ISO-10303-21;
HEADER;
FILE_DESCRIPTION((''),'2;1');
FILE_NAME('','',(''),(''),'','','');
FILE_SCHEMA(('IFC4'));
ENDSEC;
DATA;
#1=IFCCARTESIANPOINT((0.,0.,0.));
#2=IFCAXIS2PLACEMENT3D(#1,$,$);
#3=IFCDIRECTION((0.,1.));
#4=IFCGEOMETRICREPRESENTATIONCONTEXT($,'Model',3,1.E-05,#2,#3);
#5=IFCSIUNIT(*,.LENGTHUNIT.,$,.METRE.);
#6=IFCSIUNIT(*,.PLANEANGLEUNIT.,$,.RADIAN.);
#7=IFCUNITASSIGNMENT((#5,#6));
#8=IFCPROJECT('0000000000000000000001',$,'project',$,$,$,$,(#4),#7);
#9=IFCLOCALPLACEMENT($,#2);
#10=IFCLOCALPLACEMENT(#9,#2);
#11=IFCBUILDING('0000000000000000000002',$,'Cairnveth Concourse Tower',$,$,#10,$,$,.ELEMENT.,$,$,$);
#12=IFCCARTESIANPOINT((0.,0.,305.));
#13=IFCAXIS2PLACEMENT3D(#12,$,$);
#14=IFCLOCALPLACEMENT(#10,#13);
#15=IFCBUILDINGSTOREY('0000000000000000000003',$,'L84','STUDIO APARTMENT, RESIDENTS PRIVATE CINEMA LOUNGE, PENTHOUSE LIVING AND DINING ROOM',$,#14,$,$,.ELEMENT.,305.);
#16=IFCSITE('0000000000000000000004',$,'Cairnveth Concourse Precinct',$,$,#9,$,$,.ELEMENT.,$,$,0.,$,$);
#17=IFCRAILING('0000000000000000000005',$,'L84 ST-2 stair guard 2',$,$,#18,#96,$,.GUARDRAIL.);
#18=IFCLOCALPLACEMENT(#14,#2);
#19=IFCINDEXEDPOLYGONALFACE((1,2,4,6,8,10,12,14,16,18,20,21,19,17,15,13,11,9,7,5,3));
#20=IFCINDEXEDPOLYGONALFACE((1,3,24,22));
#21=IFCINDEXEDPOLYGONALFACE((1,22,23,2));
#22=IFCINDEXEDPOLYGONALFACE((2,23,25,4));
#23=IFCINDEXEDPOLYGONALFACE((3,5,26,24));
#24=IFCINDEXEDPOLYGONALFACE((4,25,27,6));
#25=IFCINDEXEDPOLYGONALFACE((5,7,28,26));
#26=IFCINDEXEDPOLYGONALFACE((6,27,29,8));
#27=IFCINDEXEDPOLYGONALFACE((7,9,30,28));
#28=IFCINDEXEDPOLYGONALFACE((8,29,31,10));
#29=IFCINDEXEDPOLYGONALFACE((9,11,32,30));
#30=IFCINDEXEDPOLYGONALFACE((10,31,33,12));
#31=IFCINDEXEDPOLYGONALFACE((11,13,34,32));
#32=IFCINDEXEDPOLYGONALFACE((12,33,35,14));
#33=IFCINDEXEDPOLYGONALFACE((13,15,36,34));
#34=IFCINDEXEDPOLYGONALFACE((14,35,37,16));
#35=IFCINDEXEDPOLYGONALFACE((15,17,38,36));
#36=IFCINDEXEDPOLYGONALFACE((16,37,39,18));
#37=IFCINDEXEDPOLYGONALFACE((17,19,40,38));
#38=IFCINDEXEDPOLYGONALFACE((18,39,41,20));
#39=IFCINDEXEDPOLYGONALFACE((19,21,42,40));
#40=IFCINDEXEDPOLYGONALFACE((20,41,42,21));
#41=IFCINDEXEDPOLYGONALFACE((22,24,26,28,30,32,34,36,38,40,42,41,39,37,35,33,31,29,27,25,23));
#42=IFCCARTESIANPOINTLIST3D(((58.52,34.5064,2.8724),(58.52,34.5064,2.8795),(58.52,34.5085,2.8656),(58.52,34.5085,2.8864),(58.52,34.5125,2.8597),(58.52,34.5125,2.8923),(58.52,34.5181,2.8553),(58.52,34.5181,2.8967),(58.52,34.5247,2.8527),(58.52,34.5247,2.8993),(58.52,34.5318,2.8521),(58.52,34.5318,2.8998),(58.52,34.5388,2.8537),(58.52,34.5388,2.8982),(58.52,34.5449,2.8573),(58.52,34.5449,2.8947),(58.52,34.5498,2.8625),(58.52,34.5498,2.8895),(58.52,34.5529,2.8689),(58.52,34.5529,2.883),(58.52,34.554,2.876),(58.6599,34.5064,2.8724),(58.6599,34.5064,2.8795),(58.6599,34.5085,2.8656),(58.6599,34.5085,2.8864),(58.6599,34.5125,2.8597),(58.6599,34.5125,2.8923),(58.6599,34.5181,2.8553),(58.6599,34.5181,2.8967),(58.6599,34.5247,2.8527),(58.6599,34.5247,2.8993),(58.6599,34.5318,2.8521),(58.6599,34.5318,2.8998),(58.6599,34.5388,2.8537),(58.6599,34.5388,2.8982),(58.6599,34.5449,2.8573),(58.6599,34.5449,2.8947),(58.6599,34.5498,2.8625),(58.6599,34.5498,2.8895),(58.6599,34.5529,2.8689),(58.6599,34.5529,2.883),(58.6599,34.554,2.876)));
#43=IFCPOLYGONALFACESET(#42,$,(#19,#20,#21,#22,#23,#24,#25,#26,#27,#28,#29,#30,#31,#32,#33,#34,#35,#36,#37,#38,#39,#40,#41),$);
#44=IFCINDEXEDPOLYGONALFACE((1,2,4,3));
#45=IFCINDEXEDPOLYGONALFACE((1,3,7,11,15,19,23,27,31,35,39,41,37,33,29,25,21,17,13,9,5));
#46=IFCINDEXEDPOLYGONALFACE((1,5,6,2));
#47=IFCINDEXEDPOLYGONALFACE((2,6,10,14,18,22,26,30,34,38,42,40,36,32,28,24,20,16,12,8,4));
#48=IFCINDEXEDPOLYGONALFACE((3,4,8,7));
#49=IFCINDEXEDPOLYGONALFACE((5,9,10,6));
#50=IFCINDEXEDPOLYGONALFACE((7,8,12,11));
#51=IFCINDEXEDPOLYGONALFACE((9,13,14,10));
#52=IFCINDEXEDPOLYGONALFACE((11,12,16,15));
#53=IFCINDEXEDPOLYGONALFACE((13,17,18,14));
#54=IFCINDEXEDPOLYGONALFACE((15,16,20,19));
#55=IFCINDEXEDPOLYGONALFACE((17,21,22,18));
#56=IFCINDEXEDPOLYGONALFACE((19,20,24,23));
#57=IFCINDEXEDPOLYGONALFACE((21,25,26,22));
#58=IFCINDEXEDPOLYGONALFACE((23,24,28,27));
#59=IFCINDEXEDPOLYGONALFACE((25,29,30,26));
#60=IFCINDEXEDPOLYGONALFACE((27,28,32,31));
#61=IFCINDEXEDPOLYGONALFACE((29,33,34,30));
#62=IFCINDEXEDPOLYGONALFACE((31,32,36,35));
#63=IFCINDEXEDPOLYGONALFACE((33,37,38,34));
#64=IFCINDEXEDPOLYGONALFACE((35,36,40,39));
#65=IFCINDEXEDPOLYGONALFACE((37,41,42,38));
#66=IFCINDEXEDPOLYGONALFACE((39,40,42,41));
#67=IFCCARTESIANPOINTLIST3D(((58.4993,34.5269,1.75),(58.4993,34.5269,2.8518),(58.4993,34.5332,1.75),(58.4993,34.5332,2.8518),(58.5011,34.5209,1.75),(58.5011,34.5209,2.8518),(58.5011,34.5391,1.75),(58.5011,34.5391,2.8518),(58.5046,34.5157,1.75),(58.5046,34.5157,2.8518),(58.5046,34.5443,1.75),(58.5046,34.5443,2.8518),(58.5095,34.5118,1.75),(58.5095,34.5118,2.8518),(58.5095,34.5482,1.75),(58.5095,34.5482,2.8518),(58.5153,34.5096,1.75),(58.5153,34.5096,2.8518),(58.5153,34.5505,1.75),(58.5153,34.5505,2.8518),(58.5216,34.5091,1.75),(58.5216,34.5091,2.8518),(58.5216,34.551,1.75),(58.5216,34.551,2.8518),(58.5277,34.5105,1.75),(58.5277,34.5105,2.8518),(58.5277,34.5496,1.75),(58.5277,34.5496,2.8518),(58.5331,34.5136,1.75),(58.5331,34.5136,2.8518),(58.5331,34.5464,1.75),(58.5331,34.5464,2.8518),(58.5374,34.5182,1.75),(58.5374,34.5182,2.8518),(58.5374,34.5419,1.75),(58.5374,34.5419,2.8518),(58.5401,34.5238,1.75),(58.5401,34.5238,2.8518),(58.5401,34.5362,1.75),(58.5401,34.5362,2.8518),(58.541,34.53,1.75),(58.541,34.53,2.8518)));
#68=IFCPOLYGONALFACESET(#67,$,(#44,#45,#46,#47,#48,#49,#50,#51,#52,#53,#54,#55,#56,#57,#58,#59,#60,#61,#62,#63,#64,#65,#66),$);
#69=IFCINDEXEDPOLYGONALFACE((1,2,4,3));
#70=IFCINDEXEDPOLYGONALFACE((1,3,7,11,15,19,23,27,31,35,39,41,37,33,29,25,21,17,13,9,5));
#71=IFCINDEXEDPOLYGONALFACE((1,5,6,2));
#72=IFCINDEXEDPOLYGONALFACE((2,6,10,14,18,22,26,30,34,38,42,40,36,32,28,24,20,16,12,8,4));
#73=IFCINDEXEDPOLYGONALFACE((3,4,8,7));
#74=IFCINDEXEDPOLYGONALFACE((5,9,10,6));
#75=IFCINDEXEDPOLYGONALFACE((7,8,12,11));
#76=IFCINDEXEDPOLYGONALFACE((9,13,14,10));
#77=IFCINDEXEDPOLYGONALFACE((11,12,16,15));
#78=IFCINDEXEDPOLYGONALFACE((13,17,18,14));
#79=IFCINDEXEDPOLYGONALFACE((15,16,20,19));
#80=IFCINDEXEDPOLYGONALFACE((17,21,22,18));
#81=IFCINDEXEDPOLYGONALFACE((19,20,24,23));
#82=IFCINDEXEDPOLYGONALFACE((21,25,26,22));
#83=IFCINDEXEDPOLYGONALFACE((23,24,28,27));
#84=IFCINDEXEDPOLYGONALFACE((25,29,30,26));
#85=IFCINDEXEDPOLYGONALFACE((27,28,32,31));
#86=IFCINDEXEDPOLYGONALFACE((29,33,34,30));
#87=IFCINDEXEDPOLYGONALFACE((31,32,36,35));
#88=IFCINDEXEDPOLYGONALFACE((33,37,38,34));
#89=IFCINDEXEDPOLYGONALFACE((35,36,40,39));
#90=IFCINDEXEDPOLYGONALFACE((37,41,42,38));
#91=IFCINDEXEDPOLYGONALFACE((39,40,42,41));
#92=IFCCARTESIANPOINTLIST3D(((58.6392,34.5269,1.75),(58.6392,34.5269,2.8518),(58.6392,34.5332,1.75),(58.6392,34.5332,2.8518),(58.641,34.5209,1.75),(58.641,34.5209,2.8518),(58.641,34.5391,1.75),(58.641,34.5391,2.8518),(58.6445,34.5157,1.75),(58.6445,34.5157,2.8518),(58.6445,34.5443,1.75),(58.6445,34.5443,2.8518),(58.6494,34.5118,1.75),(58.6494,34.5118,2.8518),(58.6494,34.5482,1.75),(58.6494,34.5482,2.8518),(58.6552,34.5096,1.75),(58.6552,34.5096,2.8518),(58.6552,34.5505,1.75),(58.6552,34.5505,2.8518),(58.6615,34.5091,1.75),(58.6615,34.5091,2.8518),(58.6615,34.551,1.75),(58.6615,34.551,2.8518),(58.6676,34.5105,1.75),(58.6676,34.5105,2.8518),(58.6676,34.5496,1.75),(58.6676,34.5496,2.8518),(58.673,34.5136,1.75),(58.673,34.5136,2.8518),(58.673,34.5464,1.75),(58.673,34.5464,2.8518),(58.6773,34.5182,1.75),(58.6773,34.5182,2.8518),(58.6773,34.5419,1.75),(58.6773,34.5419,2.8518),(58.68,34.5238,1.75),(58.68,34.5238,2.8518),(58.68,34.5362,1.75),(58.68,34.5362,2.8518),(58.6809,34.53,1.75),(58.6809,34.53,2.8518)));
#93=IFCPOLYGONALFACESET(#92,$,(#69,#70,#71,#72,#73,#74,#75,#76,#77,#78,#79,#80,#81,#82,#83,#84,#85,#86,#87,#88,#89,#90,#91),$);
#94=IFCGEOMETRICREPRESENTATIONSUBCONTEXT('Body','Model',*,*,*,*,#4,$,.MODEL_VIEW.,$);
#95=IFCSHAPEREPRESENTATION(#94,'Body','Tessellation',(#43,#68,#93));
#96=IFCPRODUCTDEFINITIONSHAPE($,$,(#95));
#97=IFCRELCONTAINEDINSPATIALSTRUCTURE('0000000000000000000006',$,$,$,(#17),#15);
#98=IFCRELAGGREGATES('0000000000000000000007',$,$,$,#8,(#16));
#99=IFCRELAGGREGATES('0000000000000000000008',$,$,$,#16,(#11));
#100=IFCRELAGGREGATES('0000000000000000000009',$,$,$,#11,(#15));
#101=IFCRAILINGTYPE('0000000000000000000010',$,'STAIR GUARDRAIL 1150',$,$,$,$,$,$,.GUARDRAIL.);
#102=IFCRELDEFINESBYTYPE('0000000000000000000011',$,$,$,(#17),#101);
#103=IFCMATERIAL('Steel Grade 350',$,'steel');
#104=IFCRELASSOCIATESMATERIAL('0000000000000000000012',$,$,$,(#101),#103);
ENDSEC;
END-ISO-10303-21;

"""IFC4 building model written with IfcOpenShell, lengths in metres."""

from ifc_helpers import new_model, si_unit, direction, frame, origin, origin_2d, place, context, subcontext, project, spatial, circle, extrude, material, type_object, element, save


model = new_model("IFC4")

# Units and contexts
model_context = context("Model", 3, precision=1e-05, world=origin(), true_north=direction((0.0, 1.0)))
body_context = subcontext(model_context, "Body", "Model", "MODEL_VIEW")
ifc_project = project(units=[si_unit("LENGTHUNIT", "METRE"), si_unit("PLANEANGLEUNIT", "RADIAN")], contexts=[model_context])

# Site, building, storey
site_placement = place(None, origin())
site = spatial("IfcSite", under=ifc_project, at=site_placement, Name="Cairnveth Concourse Precinct", CompositionType="ELEMENT", RefElevation=0.0)
building_placement = place(site_placement, origin())
building = spatial("IfcBuilding", under=site, at=building_placement, Name="Cairnveth Concourse Tower", CompositionType="ELEMENT")
storey_placement = place(building_placement, frame((0.0, 0.0, 305.0)))
storey = spatial("IfcBuildingStorey", under=building, at=storey_placement, Name="L84", Description="STUDIO APARTMENT, RESIDENTS PRIVATE CINEMA LOUNGE, PENTHOUSE LIVING AND DINING ROOM", CompositionType="ELEMENT", Elevation=305.0)

# Shared definitions
ifc_material_1 = material(Name="Steel Grade 350", Category="steel")

# Railing
railing_type_1 = type_object("IfcRailingType", Name="STAIR GUARDRAIL 1150", PredefinedType="GUARDRAIL", material=ifc_material_1)
railing_1_placement = place(storey_placement, frame((58.52, 34.53, 1.75)))
element("IfcRailing", 1, at=railing_1_placement, inside=storey, type_object=railing_type_1, Name="L84 ST-2 stair guard 2", PredefinedType="GUARDRAIL", context=body_context, shape_type="SweptSolid", body=[
    extrude(circle(Radius=0.0239, at=origin_2d()), frame((0.0, 0.0, 1.126), z_axis=(1.0, 0.0, 0.0), x_axis=(0.0, 1.0, 0.0)), (0.0, 0.0, 1.0), 0.1399),
    extrude(circle(Radius=0.021, at=origin_2d()), origin(), (0.0, 0.0, 1.0), 1.1018),
    extrude(circle(Radius=0.021, at=origin_2d()), frame((0.1399, 0.0, 0.0)), (0.0, 0.0, 1.0), 1.1018),
])

save(model, "model.ifc")
